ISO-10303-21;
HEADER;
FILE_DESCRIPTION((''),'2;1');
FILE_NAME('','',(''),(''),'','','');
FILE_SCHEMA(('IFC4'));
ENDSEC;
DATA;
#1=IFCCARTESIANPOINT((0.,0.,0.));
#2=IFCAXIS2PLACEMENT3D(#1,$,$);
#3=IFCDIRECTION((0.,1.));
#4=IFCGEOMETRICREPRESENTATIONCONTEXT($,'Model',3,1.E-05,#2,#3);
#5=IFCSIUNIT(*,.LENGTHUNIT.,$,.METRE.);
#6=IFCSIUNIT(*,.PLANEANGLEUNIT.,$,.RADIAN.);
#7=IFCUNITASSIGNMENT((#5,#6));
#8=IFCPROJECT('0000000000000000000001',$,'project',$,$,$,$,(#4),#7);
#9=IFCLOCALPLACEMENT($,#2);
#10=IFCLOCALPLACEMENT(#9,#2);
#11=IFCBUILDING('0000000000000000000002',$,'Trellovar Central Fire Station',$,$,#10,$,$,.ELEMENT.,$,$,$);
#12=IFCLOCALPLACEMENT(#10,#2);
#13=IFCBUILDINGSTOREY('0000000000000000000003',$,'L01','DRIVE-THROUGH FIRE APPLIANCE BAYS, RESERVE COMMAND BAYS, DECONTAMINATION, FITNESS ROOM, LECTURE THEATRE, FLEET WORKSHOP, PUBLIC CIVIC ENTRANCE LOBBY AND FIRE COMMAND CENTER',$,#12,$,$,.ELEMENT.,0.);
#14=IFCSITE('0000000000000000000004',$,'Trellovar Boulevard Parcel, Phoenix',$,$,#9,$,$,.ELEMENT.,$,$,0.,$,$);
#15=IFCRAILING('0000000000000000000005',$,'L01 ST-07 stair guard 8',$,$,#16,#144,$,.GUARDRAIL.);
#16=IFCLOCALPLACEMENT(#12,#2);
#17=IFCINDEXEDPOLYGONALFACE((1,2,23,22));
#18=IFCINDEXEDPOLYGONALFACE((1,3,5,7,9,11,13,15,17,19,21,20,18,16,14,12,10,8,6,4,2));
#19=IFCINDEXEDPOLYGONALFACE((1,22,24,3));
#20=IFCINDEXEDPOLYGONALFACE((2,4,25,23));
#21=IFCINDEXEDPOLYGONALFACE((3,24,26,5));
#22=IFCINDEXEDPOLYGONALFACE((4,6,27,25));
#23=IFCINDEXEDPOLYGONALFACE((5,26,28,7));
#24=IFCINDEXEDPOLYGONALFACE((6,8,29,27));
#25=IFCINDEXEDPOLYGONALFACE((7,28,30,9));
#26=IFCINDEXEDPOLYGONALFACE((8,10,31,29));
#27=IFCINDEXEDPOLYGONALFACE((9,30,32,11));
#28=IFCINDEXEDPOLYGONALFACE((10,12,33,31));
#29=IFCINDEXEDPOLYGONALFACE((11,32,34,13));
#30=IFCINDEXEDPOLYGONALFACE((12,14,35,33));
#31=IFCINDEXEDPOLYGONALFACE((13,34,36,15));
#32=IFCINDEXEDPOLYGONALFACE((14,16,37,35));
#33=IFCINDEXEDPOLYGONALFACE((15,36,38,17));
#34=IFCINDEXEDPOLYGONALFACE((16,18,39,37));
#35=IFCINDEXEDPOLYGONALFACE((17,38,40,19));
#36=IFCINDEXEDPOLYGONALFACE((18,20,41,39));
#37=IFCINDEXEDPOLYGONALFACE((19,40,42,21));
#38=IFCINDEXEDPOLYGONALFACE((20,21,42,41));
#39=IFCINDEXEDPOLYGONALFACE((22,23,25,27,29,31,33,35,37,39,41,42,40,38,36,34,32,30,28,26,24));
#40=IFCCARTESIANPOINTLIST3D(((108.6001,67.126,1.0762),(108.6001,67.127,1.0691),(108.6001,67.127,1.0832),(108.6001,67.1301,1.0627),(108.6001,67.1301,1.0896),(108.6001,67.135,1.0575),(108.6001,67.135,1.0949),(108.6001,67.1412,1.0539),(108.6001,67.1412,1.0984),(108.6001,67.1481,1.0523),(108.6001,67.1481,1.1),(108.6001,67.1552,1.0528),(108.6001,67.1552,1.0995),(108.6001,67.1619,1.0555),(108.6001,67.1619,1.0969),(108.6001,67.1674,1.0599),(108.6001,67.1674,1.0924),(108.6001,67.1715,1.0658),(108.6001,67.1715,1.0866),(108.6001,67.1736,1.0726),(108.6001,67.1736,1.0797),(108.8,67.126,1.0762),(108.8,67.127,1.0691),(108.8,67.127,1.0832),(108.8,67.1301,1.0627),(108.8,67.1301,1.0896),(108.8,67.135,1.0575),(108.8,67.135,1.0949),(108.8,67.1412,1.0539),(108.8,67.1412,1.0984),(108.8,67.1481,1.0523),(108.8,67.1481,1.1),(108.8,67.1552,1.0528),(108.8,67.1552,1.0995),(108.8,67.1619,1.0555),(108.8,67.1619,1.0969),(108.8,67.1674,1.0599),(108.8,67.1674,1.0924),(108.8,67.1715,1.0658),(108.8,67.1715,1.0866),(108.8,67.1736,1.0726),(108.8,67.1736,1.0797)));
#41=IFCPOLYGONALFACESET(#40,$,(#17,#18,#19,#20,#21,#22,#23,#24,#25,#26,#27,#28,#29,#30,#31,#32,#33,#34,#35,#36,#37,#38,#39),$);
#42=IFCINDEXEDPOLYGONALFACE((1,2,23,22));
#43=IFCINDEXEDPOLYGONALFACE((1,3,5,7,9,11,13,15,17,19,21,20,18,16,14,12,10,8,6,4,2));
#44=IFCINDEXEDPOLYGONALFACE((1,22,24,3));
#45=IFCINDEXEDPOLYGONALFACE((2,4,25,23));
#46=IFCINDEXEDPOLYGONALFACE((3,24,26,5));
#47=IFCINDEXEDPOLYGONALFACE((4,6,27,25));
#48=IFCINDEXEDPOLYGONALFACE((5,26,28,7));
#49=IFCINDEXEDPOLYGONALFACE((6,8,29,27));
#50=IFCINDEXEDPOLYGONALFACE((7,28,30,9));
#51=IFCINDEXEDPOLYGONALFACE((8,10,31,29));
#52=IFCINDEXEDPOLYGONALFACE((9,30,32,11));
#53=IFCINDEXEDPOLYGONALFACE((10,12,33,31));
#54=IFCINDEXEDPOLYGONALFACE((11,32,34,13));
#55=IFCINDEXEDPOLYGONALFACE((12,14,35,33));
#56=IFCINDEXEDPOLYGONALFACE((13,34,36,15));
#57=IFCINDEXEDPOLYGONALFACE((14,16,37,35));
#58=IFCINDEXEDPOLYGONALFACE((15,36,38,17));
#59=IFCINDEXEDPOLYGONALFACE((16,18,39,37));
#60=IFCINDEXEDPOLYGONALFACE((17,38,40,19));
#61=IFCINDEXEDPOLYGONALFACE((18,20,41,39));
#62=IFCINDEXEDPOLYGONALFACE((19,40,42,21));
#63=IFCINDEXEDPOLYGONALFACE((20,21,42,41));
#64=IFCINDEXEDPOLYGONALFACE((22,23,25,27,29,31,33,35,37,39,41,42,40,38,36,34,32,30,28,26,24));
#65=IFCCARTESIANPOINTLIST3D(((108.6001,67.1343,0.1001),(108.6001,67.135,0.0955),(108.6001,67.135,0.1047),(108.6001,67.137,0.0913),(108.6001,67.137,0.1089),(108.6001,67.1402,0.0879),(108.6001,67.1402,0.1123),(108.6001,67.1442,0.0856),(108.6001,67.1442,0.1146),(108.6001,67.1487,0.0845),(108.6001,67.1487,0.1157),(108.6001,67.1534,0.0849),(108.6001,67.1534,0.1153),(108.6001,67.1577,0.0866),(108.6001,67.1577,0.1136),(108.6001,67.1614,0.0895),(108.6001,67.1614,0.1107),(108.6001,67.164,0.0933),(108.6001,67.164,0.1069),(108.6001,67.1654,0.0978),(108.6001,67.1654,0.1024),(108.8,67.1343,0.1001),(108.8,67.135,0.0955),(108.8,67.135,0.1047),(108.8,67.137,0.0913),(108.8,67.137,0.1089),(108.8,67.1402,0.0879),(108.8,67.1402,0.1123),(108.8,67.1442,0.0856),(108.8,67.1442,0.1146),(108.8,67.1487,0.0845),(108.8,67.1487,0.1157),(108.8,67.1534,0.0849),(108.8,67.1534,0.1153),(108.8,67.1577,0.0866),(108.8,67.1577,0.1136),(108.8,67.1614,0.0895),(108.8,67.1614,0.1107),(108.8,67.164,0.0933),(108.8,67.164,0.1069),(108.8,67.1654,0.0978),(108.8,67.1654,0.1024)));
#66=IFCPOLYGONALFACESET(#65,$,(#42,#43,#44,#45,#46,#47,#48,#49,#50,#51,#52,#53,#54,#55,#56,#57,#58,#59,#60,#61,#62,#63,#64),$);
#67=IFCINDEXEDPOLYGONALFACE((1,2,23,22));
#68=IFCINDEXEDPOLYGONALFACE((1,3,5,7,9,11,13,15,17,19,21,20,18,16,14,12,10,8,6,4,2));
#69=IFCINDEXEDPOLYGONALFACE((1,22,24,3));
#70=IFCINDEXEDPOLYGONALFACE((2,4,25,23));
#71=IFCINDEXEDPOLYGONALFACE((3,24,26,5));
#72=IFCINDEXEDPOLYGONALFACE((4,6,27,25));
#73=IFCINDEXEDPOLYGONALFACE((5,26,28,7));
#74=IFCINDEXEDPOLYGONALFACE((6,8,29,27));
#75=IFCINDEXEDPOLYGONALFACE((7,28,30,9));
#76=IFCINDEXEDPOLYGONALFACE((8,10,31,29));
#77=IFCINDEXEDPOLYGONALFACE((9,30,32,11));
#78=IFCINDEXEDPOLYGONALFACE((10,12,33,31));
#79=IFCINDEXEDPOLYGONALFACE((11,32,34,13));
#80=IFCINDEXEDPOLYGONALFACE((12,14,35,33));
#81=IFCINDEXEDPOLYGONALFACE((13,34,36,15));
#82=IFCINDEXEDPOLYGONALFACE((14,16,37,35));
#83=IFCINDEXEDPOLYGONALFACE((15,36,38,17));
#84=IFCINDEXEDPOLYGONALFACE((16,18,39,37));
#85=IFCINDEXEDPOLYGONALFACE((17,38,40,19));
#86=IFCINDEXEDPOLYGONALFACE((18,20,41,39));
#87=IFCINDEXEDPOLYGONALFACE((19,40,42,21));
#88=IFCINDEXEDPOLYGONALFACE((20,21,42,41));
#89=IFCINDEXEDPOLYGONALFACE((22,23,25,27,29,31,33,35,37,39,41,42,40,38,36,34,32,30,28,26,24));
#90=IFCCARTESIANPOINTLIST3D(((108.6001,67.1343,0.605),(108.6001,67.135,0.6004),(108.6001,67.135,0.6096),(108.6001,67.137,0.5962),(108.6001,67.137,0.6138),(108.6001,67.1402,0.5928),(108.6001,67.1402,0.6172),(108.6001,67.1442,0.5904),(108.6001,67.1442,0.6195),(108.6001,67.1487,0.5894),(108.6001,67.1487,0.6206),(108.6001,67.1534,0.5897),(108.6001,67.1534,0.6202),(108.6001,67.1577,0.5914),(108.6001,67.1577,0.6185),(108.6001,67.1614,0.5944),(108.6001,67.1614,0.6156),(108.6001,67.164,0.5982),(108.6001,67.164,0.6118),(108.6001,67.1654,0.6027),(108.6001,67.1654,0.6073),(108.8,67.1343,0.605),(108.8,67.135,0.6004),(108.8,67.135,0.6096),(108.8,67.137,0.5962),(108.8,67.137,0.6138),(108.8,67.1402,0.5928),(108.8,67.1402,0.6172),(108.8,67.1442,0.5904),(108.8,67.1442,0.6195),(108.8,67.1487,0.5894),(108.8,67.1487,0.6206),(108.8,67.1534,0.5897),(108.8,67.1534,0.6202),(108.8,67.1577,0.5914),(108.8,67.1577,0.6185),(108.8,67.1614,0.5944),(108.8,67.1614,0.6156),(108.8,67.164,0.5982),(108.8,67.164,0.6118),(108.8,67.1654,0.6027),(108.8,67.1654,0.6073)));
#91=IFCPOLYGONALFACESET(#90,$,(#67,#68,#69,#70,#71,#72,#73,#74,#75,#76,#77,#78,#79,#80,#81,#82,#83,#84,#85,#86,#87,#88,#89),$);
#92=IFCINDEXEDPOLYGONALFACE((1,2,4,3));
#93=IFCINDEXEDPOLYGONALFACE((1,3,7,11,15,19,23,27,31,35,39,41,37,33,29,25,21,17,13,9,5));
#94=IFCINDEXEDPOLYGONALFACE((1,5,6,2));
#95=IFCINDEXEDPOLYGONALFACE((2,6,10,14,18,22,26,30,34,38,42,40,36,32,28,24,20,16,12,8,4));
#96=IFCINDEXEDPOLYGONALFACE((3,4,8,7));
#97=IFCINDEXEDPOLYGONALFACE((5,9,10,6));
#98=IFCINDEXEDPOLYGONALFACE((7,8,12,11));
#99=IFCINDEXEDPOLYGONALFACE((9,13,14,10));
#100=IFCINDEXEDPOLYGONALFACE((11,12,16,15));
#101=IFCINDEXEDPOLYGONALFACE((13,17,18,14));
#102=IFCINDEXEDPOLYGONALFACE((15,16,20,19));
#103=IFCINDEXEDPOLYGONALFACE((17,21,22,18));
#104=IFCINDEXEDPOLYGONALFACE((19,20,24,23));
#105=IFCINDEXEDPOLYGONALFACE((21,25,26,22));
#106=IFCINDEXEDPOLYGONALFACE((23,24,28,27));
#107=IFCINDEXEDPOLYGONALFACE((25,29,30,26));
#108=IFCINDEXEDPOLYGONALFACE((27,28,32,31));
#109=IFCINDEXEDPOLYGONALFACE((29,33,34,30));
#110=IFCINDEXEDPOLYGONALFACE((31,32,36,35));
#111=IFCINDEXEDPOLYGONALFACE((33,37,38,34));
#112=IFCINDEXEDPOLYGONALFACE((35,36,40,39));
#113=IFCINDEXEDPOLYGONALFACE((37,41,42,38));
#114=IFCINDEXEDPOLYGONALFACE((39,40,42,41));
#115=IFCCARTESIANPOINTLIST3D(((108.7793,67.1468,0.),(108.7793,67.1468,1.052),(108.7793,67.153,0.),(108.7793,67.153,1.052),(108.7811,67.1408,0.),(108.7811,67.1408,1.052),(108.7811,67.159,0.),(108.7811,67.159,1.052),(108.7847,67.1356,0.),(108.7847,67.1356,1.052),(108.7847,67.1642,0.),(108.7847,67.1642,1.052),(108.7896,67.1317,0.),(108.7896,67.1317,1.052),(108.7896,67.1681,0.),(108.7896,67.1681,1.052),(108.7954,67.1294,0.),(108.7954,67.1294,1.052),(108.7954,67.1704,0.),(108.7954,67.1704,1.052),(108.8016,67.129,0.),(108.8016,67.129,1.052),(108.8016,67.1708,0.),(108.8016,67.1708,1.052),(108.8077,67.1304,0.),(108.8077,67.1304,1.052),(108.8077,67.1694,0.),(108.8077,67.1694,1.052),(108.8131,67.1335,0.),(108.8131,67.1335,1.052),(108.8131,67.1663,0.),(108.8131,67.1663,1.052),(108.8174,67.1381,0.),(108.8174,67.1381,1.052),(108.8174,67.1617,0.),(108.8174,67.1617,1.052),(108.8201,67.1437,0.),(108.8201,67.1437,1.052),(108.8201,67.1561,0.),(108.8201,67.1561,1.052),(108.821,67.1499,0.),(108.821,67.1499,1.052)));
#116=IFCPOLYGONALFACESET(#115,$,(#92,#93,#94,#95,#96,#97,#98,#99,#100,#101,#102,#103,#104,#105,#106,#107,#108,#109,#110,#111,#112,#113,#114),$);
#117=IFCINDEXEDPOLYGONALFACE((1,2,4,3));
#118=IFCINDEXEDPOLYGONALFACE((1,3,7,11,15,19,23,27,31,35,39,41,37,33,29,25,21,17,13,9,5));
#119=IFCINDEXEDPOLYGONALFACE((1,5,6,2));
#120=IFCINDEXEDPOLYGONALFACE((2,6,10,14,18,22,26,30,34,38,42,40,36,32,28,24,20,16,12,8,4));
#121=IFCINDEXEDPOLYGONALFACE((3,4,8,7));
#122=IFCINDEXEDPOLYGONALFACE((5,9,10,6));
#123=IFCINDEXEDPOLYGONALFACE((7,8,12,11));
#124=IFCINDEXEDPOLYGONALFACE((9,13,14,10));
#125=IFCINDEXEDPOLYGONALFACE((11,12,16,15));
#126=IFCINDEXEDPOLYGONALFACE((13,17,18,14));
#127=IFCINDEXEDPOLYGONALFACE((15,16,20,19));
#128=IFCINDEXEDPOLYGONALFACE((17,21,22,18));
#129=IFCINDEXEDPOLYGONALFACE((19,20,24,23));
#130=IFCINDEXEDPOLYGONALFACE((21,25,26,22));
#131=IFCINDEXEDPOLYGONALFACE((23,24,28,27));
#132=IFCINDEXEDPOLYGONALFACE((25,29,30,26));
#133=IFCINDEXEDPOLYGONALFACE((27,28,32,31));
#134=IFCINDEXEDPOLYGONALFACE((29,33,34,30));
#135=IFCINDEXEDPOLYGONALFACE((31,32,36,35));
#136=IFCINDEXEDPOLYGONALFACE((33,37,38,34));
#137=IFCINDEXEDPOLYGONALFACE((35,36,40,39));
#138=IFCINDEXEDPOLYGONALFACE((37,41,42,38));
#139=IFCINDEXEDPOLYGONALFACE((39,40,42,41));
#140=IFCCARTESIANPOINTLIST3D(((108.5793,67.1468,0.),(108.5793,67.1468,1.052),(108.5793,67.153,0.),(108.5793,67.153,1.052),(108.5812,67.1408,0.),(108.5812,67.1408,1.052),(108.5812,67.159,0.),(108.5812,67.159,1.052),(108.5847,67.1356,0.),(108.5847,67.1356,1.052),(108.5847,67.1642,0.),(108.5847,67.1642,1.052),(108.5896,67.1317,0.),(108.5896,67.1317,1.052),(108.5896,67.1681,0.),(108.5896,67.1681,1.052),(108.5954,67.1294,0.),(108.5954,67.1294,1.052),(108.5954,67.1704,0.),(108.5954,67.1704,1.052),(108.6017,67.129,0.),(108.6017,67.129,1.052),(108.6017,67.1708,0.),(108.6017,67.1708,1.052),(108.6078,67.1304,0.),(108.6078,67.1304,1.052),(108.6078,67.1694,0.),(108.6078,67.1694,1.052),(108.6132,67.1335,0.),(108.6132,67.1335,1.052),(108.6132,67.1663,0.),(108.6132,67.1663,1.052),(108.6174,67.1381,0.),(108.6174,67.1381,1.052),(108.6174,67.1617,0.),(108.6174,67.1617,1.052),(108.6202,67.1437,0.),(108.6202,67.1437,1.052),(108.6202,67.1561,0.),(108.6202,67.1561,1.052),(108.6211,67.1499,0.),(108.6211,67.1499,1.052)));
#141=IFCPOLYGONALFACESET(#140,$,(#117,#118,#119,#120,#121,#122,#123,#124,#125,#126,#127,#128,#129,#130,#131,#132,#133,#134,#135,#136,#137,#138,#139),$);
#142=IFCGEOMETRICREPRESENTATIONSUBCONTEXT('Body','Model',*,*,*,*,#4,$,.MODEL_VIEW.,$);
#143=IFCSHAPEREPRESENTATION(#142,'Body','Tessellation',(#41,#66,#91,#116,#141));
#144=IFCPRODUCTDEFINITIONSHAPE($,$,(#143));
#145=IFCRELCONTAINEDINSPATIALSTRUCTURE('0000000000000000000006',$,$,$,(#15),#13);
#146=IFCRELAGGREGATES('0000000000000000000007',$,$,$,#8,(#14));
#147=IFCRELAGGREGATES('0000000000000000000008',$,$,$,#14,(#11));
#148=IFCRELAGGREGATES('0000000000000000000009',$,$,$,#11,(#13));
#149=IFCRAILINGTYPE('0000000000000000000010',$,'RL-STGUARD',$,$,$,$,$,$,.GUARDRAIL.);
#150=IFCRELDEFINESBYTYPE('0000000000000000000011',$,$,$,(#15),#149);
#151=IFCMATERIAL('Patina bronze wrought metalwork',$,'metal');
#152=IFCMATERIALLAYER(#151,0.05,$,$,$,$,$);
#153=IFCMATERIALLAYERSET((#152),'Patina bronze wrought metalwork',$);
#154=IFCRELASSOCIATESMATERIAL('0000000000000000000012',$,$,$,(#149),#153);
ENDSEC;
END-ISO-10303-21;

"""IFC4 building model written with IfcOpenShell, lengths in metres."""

from ifc_helpers import new_model, si_unit, direction, frame, origin, origin_2d, place, context, subcontext, project, spatial, circle, extrude, material, layer, layer_set, type_object, element, save


model = new_model("IFC4")

# Units and contexts
model_context = context("Model", 3, precision=1e-05, world=origin(), true_north=direction((0.0, 1.0)))
body_context = subcontext(model_context, "Body", "Model", "MODEL_VIEW")
ifc_project = project(units=[si_unit("LENGTHUNIT", "METRE"), si_unit("PLANEANGLEUNIT", "RADIAN")], contexts=[model_context])

# Site, building, storey
site_placement = place(None, origin())
site = spatial("IfcSite", under=ifc_project, at=site_placement, Name="Trellovar Boulevard Parcel, Phoenix", CompositionType="ELEMENT", RefElevation=0.0)
building_placement = place(site_placement, origin())
building = spatial("IfcBuilding", under=site, at=building_placement, Name="Trellovar Central Fire Station", CompositionType="ELEMENT")
storey_placement = place(building_placement, origin())
storey = spatial("IfcBuildingStorey", under=building, at=storey_placement, Name="L01", Description="DRIVE-THROUGH FIRE APPLIANCE BAYS, RESERVE COMMAND BAYS, DECONTAMINATION, FITNESS ROOM, LECTURE THEATRE, FLEET WORKSHOP, PUBLIC CIVIC ENTRANCE LOBBY AND FIRE COMMAND CENTER", CompositionType="ELEMENT", Elevation=0.0)

# Railing
ifc_material_1 = material(Name="Patina bronze wrought metalwork", Category="metal")
ifc_layer_1 = layer(ifc_material_1, 0.05)
ifc_layer_set_1 = layer_set([ifc_layer_1], Name="Patina bronze wrought metalwork")
railing_type_1 = type_object("IfcRailingType", Name="RL-STGUARD", PredefinedType="GUARDRAIL", material=ifc_layer_set_1)
railing_1_placement = place(storey_placement, frame((108.8, 67.1499, 0.0)))
element("IfcRailing", 1, at=railing_1_placement, inside=storey, type_object=railing_type_1, Name="L01 ST-07 stair guard 8", PredefinedType="GUARDRAIL", context=body_context, shape_type="SweptSolid", body=[
    extrude(circle(Radius=0.0239, at=origin_2d()), frame((0.0, 0.0, 1.0762), z_axis=(-1.0, 0.0, 0.0), x_axis=(0.0, -1.0, 0.0)), (0.0, 0.0, 1.0), 0.2),
    extrude(circle(Radius=0.0156, at=origin_2d()), frame((0.0, 0.0, 0.1001), z_axis=(-1.0, 0.0, 0.0), x_axis=(0.0, -1.0, 0.0)), (0.0, 0.0, 1.0), 0.2),
    extrude(circle(Radius=0.0156, at=origin_2d()), frame((0.0, 0.0, 0.605), z_axis=(-1.0, 0.0, 0.0), x_axis=(0.0, -1.0, 0.0)), (0.0, 0.0, 1.0), 0.2),
    extrude(circle(Radius=0.021, at=origin_2d()), origin(), (0.0, 0.0, 1.0), 1.052),
    extrude(circle(Radius=0.021, at=origin_2d()), frame((-0.2, 0.0, 0.0)), (0.0, 0.0, 1.0), 1.052),
])

save(model, "model.ifc")
